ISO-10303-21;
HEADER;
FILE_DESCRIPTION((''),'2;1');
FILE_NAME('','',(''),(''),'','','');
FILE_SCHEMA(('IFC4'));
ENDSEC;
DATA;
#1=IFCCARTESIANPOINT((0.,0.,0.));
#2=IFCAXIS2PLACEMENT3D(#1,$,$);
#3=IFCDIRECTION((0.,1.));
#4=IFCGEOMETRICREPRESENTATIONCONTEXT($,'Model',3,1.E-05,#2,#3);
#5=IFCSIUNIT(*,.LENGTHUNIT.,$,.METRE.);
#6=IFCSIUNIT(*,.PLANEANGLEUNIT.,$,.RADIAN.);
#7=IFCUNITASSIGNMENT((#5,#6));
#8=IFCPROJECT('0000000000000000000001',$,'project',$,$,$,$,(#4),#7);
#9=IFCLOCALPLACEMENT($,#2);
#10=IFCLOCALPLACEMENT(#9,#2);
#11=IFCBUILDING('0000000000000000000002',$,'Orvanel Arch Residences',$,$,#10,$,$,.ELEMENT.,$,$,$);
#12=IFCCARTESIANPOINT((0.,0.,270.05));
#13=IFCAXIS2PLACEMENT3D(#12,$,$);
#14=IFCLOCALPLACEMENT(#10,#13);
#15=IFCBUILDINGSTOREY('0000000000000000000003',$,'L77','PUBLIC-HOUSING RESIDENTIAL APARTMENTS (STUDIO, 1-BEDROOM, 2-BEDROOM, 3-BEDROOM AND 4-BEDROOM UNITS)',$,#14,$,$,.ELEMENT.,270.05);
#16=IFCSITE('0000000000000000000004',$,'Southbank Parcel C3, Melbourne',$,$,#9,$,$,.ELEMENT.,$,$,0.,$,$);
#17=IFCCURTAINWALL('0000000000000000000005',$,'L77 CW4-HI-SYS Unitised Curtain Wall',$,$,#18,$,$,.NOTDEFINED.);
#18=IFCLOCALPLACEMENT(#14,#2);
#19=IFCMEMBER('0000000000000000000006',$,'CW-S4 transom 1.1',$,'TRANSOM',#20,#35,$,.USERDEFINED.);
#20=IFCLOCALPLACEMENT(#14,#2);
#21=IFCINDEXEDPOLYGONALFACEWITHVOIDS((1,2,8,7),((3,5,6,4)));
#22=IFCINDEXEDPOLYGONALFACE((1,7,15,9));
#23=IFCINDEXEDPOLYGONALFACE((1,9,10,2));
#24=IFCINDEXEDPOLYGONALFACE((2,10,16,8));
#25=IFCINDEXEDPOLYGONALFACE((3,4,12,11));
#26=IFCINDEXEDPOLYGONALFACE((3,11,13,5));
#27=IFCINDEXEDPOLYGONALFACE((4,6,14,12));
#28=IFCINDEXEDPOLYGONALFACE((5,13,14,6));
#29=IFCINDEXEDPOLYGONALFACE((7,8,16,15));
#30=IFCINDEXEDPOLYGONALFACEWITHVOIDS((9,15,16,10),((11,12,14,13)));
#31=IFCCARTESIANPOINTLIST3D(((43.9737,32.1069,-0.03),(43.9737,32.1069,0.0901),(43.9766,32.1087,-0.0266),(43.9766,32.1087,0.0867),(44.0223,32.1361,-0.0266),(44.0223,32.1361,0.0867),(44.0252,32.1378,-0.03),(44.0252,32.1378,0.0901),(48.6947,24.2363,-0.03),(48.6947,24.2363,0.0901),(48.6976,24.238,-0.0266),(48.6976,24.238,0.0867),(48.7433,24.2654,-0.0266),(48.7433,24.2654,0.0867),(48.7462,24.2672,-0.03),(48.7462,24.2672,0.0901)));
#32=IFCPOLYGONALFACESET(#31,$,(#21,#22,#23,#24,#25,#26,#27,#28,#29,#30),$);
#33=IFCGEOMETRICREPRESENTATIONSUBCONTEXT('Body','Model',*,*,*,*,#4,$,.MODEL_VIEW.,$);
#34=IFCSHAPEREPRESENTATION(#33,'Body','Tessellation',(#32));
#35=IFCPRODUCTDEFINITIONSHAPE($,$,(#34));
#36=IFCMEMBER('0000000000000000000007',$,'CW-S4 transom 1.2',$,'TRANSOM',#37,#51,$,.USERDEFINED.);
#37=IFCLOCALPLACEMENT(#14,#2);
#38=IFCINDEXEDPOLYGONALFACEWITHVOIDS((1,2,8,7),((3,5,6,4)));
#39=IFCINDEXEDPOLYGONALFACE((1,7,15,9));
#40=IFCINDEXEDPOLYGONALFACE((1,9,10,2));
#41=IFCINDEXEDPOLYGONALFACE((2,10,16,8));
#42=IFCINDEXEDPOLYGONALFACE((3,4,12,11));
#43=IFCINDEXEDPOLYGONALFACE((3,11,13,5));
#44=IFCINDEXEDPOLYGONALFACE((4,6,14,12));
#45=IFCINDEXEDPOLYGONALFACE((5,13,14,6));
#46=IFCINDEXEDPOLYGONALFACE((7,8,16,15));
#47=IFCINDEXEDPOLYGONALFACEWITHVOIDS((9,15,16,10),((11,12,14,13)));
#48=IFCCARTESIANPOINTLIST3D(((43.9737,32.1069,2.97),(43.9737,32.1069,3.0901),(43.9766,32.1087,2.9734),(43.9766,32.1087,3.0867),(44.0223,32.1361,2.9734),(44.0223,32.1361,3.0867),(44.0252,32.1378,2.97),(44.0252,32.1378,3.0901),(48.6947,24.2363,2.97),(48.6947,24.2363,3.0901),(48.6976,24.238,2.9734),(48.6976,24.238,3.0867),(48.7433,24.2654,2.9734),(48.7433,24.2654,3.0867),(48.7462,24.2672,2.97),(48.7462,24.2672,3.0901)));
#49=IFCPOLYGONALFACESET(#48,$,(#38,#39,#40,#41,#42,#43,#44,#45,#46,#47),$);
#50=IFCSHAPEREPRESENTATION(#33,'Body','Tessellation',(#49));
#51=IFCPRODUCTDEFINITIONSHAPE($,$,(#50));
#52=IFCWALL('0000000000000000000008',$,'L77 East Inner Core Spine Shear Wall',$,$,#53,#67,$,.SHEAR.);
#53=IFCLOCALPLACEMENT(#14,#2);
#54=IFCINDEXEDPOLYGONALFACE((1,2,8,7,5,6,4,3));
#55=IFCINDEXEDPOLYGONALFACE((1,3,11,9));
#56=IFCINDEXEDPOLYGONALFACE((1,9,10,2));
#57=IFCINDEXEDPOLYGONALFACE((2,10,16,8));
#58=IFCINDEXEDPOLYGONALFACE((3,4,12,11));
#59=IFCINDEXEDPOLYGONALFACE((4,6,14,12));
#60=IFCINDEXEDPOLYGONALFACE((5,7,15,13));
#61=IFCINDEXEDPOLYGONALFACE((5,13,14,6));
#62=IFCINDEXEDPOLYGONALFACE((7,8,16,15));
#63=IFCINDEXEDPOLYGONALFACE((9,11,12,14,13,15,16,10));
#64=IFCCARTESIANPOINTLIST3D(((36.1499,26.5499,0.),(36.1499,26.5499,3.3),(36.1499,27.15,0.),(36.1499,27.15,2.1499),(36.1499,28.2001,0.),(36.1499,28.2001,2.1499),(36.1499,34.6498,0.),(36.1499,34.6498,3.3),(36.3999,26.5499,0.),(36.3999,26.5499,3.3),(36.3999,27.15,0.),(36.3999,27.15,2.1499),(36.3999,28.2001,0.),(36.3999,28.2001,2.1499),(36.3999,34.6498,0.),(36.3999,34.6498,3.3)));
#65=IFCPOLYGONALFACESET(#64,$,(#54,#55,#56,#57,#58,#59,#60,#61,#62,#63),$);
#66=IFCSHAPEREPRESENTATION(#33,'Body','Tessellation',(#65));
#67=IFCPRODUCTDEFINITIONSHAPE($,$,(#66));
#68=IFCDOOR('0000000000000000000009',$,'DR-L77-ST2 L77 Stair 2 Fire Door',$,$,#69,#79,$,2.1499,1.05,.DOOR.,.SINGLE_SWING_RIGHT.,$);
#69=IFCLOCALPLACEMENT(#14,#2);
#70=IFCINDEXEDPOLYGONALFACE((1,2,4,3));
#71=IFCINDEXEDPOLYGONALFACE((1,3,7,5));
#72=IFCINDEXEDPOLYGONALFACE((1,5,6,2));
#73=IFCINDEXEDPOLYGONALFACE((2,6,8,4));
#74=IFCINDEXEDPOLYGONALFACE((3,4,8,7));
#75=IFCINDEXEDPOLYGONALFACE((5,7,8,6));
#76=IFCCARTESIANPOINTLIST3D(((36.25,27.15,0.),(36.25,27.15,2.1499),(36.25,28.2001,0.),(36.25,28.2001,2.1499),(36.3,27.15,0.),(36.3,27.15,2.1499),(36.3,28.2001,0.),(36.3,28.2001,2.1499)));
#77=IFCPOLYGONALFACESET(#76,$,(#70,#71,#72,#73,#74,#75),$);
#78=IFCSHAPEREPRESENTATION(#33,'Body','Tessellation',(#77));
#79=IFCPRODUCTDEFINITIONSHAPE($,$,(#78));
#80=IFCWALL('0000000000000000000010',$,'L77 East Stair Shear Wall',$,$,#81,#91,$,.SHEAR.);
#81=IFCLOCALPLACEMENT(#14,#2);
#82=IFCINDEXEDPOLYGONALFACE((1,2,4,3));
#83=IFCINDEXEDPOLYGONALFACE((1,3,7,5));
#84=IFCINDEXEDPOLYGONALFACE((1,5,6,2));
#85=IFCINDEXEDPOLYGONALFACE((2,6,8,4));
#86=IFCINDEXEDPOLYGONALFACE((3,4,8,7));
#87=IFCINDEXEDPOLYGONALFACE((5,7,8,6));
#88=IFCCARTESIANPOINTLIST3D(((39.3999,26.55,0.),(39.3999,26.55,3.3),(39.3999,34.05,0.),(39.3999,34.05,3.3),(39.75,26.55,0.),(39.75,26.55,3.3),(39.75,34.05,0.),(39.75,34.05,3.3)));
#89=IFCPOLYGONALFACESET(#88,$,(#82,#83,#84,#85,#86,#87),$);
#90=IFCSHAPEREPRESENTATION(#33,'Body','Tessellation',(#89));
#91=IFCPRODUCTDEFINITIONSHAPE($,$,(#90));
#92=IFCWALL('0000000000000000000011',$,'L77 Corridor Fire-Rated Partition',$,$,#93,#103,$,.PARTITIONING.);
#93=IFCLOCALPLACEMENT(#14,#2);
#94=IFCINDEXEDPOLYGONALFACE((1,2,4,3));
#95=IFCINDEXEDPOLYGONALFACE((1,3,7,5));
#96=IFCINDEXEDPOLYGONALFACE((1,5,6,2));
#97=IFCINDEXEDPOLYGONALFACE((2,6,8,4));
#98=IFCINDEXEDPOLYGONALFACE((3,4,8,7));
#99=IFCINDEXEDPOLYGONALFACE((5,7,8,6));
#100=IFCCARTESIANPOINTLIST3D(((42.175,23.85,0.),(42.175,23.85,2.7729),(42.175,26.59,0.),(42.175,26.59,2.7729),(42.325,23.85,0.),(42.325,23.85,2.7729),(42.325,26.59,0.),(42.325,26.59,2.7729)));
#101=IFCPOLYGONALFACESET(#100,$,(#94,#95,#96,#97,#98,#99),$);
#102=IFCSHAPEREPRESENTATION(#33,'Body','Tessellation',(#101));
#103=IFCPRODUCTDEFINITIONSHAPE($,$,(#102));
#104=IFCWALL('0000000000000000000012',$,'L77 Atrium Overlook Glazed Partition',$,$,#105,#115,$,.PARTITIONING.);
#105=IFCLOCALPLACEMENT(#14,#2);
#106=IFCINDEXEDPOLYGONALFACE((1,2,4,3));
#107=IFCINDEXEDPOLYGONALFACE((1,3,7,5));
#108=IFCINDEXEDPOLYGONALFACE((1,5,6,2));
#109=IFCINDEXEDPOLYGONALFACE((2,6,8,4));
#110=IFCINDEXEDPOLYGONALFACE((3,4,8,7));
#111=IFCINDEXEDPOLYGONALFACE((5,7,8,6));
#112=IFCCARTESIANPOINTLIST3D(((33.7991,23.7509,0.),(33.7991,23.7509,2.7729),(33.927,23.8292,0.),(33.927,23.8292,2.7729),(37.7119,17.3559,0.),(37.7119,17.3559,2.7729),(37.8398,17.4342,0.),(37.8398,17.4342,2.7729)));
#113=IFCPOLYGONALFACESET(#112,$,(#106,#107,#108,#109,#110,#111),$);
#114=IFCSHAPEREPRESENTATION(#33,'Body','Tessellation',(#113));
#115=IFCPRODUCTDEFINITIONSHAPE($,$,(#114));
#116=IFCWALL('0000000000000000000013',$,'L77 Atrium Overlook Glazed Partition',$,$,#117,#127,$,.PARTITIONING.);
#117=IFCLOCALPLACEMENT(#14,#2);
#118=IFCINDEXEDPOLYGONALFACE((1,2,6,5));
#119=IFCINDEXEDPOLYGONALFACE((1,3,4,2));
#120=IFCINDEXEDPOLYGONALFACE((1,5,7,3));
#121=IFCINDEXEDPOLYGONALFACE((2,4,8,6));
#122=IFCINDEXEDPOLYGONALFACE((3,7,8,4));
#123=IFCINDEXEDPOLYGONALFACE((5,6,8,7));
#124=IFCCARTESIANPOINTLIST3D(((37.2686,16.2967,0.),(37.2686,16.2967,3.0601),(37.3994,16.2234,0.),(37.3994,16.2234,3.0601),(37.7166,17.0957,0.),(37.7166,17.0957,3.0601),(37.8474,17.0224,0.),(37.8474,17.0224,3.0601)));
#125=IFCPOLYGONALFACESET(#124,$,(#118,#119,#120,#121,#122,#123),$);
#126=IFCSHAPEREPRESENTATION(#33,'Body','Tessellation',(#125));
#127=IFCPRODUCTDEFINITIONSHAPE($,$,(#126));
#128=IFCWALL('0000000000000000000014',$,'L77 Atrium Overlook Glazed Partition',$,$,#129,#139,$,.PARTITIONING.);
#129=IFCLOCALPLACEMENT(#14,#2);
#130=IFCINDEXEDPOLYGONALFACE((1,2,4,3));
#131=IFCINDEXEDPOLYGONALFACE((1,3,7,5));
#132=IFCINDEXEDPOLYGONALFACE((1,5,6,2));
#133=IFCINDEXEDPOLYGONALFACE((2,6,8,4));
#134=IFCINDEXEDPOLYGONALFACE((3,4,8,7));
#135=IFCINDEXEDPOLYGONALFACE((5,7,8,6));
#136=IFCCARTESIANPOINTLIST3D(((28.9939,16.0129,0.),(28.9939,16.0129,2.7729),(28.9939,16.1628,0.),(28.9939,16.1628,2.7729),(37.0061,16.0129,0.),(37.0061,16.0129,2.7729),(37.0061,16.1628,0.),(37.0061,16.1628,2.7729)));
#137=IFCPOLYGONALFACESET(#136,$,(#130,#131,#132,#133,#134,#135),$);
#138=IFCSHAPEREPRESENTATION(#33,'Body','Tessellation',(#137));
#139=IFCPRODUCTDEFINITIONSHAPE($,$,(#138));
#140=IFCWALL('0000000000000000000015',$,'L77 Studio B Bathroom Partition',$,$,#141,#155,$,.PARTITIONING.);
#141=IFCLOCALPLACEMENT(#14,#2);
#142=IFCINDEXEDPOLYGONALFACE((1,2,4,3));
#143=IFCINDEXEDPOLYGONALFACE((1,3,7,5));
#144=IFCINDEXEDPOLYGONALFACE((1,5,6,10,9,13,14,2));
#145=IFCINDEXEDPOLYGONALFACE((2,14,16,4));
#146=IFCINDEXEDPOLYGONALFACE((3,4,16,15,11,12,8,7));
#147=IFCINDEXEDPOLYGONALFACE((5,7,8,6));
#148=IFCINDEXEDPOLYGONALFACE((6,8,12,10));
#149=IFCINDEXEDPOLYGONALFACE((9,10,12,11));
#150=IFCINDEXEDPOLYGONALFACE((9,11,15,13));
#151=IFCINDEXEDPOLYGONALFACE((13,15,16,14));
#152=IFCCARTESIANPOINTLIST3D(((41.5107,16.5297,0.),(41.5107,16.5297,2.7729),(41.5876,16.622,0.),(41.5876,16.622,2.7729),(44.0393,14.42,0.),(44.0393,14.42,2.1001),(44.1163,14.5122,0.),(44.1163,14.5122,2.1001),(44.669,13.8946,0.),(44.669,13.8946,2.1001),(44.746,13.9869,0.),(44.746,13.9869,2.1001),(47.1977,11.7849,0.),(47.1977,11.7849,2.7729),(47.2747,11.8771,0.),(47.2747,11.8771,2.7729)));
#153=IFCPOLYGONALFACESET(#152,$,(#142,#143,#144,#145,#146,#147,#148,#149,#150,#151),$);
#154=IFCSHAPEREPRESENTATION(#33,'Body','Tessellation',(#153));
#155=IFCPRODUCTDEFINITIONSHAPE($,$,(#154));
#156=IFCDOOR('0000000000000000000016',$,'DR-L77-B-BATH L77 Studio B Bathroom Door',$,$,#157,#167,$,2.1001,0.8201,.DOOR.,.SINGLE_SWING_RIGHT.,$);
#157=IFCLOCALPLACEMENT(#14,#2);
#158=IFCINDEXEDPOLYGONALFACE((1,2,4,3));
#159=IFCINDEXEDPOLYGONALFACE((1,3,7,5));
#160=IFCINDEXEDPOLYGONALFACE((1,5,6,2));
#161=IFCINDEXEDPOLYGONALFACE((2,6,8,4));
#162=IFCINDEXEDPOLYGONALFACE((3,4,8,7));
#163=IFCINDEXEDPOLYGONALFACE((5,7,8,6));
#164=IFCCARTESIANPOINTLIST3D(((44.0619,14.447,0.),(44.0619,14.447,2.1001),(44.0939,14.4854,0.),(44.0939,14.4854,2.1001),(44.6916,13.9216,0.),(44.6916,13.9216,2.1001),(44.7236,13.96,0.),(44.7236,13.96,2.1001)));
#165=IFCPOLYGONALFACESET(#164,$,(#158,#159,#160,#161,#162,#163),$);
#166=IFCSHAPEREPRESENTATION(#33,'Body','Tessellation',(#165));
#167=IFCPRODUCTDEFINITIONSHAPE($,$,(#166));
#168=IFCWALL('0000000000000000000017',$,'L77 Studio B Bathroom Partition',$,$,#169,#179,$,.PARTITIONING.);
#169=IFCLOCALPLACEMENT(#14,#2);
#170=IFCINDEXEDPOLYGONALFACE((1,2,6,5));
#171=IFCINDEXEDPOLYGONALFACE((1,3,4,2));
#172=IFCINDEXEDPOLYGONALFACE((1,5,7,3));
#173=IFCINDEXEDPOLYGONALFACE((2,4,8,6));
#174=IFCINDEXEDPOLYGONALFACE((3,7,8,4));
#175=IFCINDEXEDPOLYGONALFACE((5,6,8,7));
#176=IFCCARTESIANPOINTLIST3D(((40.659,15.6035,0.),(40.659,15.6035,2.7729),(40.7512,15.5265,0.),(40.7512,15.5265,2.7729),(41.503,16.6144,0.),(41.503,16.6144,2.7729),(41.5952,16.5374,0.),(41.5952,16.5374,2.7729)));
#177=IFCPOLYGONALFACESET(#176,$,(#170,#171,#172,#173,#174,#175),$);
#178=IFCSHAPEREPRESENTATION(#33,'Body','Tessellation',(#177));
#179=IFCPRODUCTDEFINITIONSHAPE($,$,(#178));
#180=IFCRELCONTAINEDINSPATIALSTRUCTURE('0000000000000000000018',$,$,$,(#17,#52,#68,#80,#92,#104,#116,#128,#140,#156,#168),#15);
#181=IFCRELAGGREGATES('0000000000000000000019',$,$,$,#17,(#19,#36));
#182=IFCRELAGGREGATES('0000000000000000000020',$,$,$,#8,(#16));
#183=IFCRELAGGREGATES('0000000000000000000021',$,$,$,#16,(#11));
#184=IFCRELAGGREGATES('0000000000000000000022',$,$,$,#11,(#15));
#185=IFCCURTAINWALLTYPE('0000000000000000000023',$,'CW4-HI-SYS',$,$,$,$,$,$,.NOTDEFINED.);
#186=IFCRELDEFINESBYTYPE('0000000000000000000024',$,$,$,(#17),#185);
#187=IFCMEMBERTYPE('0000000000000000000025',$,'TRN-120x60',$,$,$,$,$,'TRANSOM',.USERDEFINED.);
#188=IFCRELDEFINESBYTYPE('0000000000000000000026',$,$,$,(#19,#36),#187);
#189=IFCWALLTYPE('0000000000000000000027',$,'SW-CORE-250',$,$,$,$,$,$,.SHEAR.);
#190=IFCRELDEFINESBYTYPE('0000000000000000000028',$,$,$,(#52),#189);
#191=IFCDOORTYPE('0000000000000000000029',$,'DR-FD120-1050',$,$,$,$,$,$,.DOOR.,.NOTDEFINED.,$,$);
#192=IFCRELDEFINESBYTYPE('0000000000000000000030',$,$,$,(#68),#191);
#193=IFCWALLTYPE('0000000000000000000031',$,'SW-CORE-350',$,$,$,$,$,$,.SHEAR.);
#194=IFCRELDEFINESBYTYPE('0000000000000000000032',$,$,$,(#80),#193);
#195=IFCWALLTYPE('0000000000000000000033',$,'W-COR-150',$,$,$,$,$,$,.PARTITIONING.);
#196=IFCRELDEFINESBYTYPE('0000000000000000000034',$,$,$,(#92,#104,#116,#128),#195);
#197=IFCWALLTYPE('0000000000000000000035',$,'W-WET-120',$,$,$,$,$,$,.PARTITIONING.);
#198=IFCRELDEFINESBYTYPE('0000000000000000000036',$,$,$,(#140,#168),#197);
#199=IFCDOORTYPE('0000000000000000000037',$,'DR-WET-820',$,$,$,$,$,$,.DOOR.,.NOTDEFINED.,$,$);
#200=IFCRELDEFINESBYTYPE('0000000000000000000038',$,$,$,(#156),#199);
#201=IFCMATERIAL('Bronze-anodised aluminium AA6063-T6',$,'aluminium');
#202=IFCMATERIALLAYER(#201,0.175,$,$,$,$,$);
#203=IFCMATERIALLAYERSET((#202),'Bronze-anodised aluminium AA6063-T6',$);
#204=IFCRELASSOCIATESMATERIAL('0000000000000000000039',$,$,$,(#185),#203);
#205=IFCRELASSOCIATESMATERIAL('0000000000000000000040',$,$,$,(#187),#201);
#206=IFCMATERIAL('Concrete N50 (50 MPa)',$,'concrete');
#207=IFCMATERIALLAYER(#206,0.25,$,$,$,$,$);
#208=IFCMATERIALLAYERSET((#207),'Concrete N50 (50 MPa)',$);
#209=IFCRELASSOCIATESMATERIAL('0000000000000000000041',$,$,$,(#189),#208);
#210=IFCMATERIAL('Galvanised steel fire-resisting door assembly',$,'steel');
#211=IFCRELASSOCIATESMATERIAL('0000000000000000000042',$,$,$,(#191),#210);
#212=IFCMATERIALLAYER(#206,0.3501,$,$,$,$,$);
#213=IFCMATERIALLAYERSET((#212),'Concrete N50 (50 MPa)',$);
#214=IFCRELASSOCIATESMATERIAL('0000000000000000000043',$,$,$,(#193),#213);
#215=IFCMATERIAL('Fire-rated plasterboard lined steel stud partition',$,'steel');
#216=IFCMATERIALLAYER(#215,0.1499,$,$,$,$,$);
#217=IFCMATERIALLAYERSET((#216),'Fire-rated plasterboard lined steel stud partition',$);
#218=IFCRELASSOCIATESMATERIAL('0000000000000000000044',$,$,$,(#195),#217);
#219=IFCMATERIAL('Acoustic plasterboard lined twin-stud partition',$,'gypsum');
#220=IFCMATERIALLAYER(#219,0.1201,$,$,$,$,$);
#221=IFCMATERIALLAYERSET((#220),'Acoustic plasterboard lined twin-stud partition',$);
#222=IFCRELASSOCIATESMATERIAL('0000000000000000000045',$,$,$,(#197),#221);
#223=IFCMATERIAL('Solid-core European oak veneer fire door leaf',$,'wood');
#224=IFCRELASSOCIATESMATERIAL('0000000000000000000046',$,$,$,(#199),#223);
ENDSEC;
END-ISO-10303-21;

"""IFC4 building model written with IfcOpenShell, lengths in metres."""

from ifc_helpers import new_model, si_unit, direction, frame, frame_2d, origin, origin_2d, place, context, subcontext, project, spatial, rectangle, hollow_rectangle, extrude, material, layer, layer_set, material_profile, profile_set, type_object, element, fill, aggregate, save


model = new_model("IFC4")

# Units and contexts
model_context = context("Model", 3, precision=1e-05, world=origin(), true_north=direction((0.0, 1.0)))
body_context = subcontext(model_context, "Body", "Model", "MODEL_VIEW")
ifc_project = project(units=[si_unit("LENGTHUNIT", "METRE"), si_unit("PLANEANGLEUNIT", "RADIAN")], contexts=[model_context])

# Site, building, storey
site_placement = place(None, origin())
site = spatial("IfcSite", under=ifc_project, at=site_placement, Name="Southbank Parcel C3, Melbourne", CompositionType="ELEMENT", RefElevation=0.0)
building_placement = place(site_placement, origin())
building = spatial("IfcBuilding", under=site, at=building_placement, Name="Orvanel Arch Residences", CompositionType="ELEMENT")
storey_placement = place(building_placement, frame((0.0, 0.0, 270.05)))
storey = spatial("IfcBuildingStorey", under=building, at=storey_placement, Name="L77", Description="PUBLIC-HOUSING RESIDENTIAL APARTMENTS (STUDIO, 1-BEDROOM, 2-BEDROOM, 3-BEDROOM AND 4-BEDROOM UNITS)", CompositionType="ELEMENT", Elevation=270.05)

# Curtain wall, members
ifc_material_1 = material(Name="Bronze-anodised aluminium AA6063-T6", Category="aluminium")
ifc_layer_1 = layer(ifc_material_1, 0.175)
ifc_layer_set_1 = layer_set([ifc_layer_1], Name="Bronze-anodised aluminium AA6063-T6")
curtain_wall_type = type_object("IfcCurtainWallType", Name="CW4-HI-SYS", PredefinedType="NOTDEFINED", material=ifc_layer_set_1)
curtain_wall_placement = place(storey_placement, origin())
curtain_wall = element("IfcCurtainWall", 1, at=curtain_wall_placement, inside=storey, type_object=curtain_wall_type, Name="L77 CW4-HI-SYS Unitised Curtain Wall", PredefinedType="NOTDEFINED")
ifc_material_profile = material_profile(ifc_material_1, hollow_rectangle(XDim=0.0601, YDim=0.1201, WallThickness=0.0034, at=origin_2d()), Name="ALU120x60x3.5")
ifc_profile_set = profile_set([ifc_material_profile], Name="Bronze-anodised aluminium AA6063-T6")
member_type = type_object("IfcMemberType", Name="TRN-120x60", ElementType="TRANSOM", PredefinedType="USERDEFINED", material=ifc_profile_set)
member_1_placement = place(storey_placement, frame((48.7205, 24.2517, 0.03), z_axis=(-0.514382, 0.857561, 0.0), x_axis=(-0.857561, -0.514382, 0.0)))
member_1 = element("IfcMember", 2, at=member_1_placement, type_object=member_type, Name="CW-S4 transom 1.1", ObjectType="TRANSOM", PredefinedType="USERDEFINED", context=body_context, shape_type="SweptSolid", body=[
    extrude(hollow_rectangle(XDim=0.0601, YDim=0.1201, WallThickness=0.0034, at=origin_2d()), origin(), (0.0, 0.0, 1.0), 9.178),
])
member_2_placement = place(storey_placement, frame((48.7205, 24.2517, 3.03), z_axis=(-0.514382, 0.857561, 0.0), x_axis=(-0.857561, -0.514382, 0.0)))
member_2 = element("IfcMember", 3, at=member_2_placement, type_object=member_type, Name="CW-S4 transom 1.2", ObjectType="TRANSOM", PredefinedType="USERDEFINED", context=body_context, shape_type="SweptSolid", body=[
    extrude(hollow_rectangle(XDim=0.0601, YDim=0.1201, WallThickness=0.0034, at=origin_2d()), origin(), (0.0, 0.0, 1.0), 9.178),
])
aggregate(curtain_wall, [member_1, member_2])

# Wall, opening, door
ifc_material_2 = material(Name="Concrete N50 (50 MPa)", Category="concrete")
ifc_layer_2 = layer(ifc_material_2, 0.25)
ifc_layer_set_2 = layer_set([ifc_layer_2], Name="Concrete N50 (50 MPa)")
wall_type_1 = type_object("IfcWallType", Name="SW-CORE-250", PredefinedType="SHEAR", material=ifc_layer_set_2)
wall_1_placement = place(storey_placement, frame((36.2749, 26.55, 0.0), z_axis=(0.0, 0.0, 1.0), x_axis=(0.0, 1.0, 0.0)))
wall_1 = element("IfcWall", 4, at=wall_1_placement, inside=storey, type_object=wall_type_1, Name="L77 East Inner Core Spine Shear Wall", PredefinedType="SHEAR", context=body_context, shape_type="SweptSolid", body=[
    extrude(rectangle(XDim=8.0999, YDim=0.25, at=frame_2d((4.0498, 0.0))), origin(), (0.0, 0.0, 1.0), 3.3),
])
opening_1_placement = place(wall_1_placement, frame((0.6001, 0.0, 0.0)))
opening_1 = element("IfcOpeningElement", 5, at=opening_1_placement, cuts=wall_1, PredefinedType="OPENING", context=body_context, shape_type="SweptSolid", body=[
    extrude(rectangle(XDim=1.05, YDim=2.1499, at=frame_2d((0.5249, 1.075))), frame((0.0, 0.135, 0.0), z_axis=(0.0, -1.0, 0.0), x_axis=(1.0, 0.0, 0.0)), (0.0, 0.0, 1.0), 0.27),
])
ifc_material_3 = material(Name="Galvanised steel fire-resisting door assembly", Category="steel")
door_type_1 = type_object("IfcDoorType", Name="DR-FD120-1050", OperationType="NOTDEFINED", PredefinedType="DOOR", material=ifc_material_3)
door_1_placement = place(opening_1_placement, origin())
door_1 = element("IfcDoor", 6, at=door_1_placement, inside=storey, type_object=door_type_1, Name="DR-L77-ST2 L77 Stair 2 Fire Door", OperationType="SINGLE_SWING_RIGHT", OverallHeight=2.1499, OverallWidth=1.05, PredefinedType="DOOR", context=body_context, shape_type="SweptSolid", body=[
    extrude(rectangle(XDim=1.05, YDim=2.1499, at=frame_2d((0.5249, 1.075))), frame((0.0, 0.0249, 0.0), z_axis=(0.0, -1.0, 0.0), x_axis=(1.0, 0.0, 0.0)), (0.0, 0.0, 1.0), 0.05),
])
fill(opening_1, door_1)

# Walls
ifc_layer_3 = layer(ifc_material_2, 0.3501)
ifc_layer_set_3 = layer_set([ifc_layer_3], Name="Concrete N50 (50 MPa)")
wall_type_2 = type_object("IfcWallType", Name="SW-CORE-350", PredefinedType="SHEAR", material=ifc_layer_set_3)
wall_2_placement = place(storey_placement, frame((39.575, 26.55, 0.0), z_axis=(0.0, 0.0, 1.0), x_axis=(0.0, 1.0, 0.0)))
element("IfcWall", 7, at=wall_2_placement, inside=storey, type_object=wall_type_2, Name="L77 East Stair Shear Wall", PredefinedType="SHEAR", context=body_context, shape_type="SweptSolid", body=[
    extrude(rectangle(XDim=7.5, YDim=0.3501, at=frame_2d((3.75, 0.0))), origin(), (0.0, 0.0, 1.0), 3.3),
])
ifc_material_4 = material(Name="Fire-rated plasterboard lined steel stud partition", Category="steel")
ifc_layer_4 = layer(ifc_material_4, 0.1499)
ifc_layer_set_4 = layer_set([ifc_layer_4], Name="Fire-rated plasterboard lined steel stud partition")
wall_type_3 = type_object("IfcWallType", Name="W-COR-150", PredefinedType="PARTITIONING", material=ifc_layer_set_4)
wall_3_placement = place(storey_placement, frame((42.25, 26.5901, 0.0), z_axis=(0.0, 0.0, 1.0), x_axis=(0.0, -1.0, 0.0)))
element("IfcWall", 8, at=wall_3_placement, inside=storey, type_object=wall_type_3, Name="L77 Corridor Fire-Rated Partition", PredefinedType="PARTITIONING", context=body_context, shape_type="SweptSolid", body=[
    extrude(rectangle(XDim=2.74, YDim=0.1499, at=frame_2d((1.3701, 0.0))), origin(), (0.0, 0.0, 1.0), 2.7729),
])

# Shared definitions
ifc_material_5 = material(Name="Solid-core European oak veneer fire door leaf", Category="wood")

# Walls
wall_4_placement = place(storey_placement, frame((33.863, 23.79, 0.0), z_axis=(0.0, 0.0, 1.0), x_axis=(0.521914, -0.852998, 0.0)))
element("IfcWall", 9, at=wall_4_placement, inside=storey, type_object=wall_type_3, Name="L77 Atrium Overlook Glazed Partition", PredefinedType="PARTITIONING", context=body_context, shape_type="SweptSolid", body=[
    extrude(rectangle(XDim=7.4971, YDim=0.1499, at=frame_2d((3.7485, 0.0))), origin(), (0.0, 0.0, 1.0), 2.7729),
])
wall_5_placement = place(storey_placement, frame((37.782, 17.0591, 0.0), z_axis=(0.0, 0.0, 1.0), x_axis=(-0.489033, -0.872265, 0.0)))
element("IfcWall", 10, at=wall_5_placement, inside=storey, type_object=wall_type_3, Name="L77 Atrium Overlook Glazed Partition", PredefinedType="PARTITIONING", context=body_context, shape_type="SweptSolid", body=[
    extrude(rectangle(XDim=0.916, YDim=0.1499, at=frame_2d((0.458, 0.0))), origin(), (0.0, 0.0, 1.0), 3.0601),
])
wall_6_placement = place(storey_placement, frame((37.0061, 16.0879, 0.0), z_axis=(0.0, 0.0, 1.0), x_axis=(-1.0, 0.0, 0.0)))
element("IfcWall", 11, at=wall_6_placement, inside=storey, type_object=wall_type_3, Name="L77 Atrium Overlook Glazed Partition", PredefinedType="PARTITIONING", context=body_context, shape_type="SweptSolid", body=[
    extrude(rectangle(XDim=8.0122, YDim=0.1499, at=frame_2d((4.0061, 0.0))), origin(), (0.0, 0.0, 1.0), 2.7729),
])

# Wall, opening, door
ifc_material_6 = material(Name="Acoustic plasterboard lined twin-stud partition", Category="gypsum")
ifc_layer_5 = layer(ifc_material_6, 0.1201)
ifc_layer_set_5 = layer_set([ifc_layer_5], Name="Acoustic plasterboard lined twin-stud partition")
wall_type_4 = type_object("IfcWallType", Name="W-WET-120", PredefinedType="PARTITIONING", material=ifc_layer_set_5)
wall_7_placement = place(storey_placement, frame((47.2361, 11.8311, 0.0), z_axis=(0.0, 0.0, 1.0), x_axis=(-0.767843, 0.640638, 0.0)))
wall_7 = element("IfcWall", 12, at=wall_7_placement, inside=storey, type_object=wall_type_4, Name="L77 Studio B Bathroom Partition", PredefinedType="PARTITIONING", context=body_context, shape_type="SweptSolid", body=[
    extrude(rectangle(XDim=7.4065, YDim=0.1201, at=frame_2d((3.7031, 0.0))), origin(), (0.0, 0.0, 1.0), 2.7729),
])
opening_2_placement = place(wall_7_placement, frame((3.293, 0.0, 0.0)))
opening_2 = element("IfcOpeningElement", 13, at=opening_2_placement, cuts=wall_7, PredefinedType="OPENING", context=body_context, shape_type="SweptSolid", body=[
    extrude(rectangle(XDim=0.8201, YDim=2.1001, at=frame_2d((0.4102, 1.05))), frame((0.0, 0.0701, 0.0), z_axis=(0.0, -1.0, 0.0), x_axis=(1.0, 0.0, 0.0)), (0.0, 0.0, 1.0), 0.1401),
])
door_type_2 = type_object("IfcDoorType", Name="DR-WET-820", OperationType="NOTDEFINED", PredefinedType="DOOR", material=ifc_material_5)
door_2_placement = place(opening_2_placement, origin())
door_2 = element("IfcDoor", 14, at=door_2_placement, inside=storey, type_object=door_type_2, Name="DR-L77-B-BATH L77 Studio B Bathroom Door", OperationType="SINGLE_SWING_RIGHT", OverallHeight=2.1001, OverallWidth=0.8201, PredefinedType="DOOR", context=body_context, shape_type="SweptSolid", body=[
    extrude(rectangle(XDim=0.8201, YDim=2.1001, at=frame_2d((0.4102, 1.05))), frame((0.0, 0.0249, 0.0), z_axis=(0.0, -1.0, 0.0), x_axis=(1.0, 0.0, 0.0)), (0.0, 0.0, 1.0), 0.05),
])
fill(opening_2, door_2)

# Wall
wall_8_placement = place(storey_placement, frame((41.5491, 16.5759, 0.0), z_axis=(0.0, 0.0, 1.0), x_axis=(-0.640859, -0.767659, 0.0)))
element("IfcWall", 15, at=wall_8_placement, inside=storey, type_object=wall_type_4, Name="L77 Studio B Bathroom Partition", PredefinedType="PARTITIONING", context=body_context, shape_type="SweptSolid", body=[
    extrude(rectangle(XDim=1.3169, YDim=0.1201, at=frame_2d((0.6584, 0.0))), origin(), (0.0, 0.0, 1.0), 2.7729),
])

save(model, "model.ifc")
